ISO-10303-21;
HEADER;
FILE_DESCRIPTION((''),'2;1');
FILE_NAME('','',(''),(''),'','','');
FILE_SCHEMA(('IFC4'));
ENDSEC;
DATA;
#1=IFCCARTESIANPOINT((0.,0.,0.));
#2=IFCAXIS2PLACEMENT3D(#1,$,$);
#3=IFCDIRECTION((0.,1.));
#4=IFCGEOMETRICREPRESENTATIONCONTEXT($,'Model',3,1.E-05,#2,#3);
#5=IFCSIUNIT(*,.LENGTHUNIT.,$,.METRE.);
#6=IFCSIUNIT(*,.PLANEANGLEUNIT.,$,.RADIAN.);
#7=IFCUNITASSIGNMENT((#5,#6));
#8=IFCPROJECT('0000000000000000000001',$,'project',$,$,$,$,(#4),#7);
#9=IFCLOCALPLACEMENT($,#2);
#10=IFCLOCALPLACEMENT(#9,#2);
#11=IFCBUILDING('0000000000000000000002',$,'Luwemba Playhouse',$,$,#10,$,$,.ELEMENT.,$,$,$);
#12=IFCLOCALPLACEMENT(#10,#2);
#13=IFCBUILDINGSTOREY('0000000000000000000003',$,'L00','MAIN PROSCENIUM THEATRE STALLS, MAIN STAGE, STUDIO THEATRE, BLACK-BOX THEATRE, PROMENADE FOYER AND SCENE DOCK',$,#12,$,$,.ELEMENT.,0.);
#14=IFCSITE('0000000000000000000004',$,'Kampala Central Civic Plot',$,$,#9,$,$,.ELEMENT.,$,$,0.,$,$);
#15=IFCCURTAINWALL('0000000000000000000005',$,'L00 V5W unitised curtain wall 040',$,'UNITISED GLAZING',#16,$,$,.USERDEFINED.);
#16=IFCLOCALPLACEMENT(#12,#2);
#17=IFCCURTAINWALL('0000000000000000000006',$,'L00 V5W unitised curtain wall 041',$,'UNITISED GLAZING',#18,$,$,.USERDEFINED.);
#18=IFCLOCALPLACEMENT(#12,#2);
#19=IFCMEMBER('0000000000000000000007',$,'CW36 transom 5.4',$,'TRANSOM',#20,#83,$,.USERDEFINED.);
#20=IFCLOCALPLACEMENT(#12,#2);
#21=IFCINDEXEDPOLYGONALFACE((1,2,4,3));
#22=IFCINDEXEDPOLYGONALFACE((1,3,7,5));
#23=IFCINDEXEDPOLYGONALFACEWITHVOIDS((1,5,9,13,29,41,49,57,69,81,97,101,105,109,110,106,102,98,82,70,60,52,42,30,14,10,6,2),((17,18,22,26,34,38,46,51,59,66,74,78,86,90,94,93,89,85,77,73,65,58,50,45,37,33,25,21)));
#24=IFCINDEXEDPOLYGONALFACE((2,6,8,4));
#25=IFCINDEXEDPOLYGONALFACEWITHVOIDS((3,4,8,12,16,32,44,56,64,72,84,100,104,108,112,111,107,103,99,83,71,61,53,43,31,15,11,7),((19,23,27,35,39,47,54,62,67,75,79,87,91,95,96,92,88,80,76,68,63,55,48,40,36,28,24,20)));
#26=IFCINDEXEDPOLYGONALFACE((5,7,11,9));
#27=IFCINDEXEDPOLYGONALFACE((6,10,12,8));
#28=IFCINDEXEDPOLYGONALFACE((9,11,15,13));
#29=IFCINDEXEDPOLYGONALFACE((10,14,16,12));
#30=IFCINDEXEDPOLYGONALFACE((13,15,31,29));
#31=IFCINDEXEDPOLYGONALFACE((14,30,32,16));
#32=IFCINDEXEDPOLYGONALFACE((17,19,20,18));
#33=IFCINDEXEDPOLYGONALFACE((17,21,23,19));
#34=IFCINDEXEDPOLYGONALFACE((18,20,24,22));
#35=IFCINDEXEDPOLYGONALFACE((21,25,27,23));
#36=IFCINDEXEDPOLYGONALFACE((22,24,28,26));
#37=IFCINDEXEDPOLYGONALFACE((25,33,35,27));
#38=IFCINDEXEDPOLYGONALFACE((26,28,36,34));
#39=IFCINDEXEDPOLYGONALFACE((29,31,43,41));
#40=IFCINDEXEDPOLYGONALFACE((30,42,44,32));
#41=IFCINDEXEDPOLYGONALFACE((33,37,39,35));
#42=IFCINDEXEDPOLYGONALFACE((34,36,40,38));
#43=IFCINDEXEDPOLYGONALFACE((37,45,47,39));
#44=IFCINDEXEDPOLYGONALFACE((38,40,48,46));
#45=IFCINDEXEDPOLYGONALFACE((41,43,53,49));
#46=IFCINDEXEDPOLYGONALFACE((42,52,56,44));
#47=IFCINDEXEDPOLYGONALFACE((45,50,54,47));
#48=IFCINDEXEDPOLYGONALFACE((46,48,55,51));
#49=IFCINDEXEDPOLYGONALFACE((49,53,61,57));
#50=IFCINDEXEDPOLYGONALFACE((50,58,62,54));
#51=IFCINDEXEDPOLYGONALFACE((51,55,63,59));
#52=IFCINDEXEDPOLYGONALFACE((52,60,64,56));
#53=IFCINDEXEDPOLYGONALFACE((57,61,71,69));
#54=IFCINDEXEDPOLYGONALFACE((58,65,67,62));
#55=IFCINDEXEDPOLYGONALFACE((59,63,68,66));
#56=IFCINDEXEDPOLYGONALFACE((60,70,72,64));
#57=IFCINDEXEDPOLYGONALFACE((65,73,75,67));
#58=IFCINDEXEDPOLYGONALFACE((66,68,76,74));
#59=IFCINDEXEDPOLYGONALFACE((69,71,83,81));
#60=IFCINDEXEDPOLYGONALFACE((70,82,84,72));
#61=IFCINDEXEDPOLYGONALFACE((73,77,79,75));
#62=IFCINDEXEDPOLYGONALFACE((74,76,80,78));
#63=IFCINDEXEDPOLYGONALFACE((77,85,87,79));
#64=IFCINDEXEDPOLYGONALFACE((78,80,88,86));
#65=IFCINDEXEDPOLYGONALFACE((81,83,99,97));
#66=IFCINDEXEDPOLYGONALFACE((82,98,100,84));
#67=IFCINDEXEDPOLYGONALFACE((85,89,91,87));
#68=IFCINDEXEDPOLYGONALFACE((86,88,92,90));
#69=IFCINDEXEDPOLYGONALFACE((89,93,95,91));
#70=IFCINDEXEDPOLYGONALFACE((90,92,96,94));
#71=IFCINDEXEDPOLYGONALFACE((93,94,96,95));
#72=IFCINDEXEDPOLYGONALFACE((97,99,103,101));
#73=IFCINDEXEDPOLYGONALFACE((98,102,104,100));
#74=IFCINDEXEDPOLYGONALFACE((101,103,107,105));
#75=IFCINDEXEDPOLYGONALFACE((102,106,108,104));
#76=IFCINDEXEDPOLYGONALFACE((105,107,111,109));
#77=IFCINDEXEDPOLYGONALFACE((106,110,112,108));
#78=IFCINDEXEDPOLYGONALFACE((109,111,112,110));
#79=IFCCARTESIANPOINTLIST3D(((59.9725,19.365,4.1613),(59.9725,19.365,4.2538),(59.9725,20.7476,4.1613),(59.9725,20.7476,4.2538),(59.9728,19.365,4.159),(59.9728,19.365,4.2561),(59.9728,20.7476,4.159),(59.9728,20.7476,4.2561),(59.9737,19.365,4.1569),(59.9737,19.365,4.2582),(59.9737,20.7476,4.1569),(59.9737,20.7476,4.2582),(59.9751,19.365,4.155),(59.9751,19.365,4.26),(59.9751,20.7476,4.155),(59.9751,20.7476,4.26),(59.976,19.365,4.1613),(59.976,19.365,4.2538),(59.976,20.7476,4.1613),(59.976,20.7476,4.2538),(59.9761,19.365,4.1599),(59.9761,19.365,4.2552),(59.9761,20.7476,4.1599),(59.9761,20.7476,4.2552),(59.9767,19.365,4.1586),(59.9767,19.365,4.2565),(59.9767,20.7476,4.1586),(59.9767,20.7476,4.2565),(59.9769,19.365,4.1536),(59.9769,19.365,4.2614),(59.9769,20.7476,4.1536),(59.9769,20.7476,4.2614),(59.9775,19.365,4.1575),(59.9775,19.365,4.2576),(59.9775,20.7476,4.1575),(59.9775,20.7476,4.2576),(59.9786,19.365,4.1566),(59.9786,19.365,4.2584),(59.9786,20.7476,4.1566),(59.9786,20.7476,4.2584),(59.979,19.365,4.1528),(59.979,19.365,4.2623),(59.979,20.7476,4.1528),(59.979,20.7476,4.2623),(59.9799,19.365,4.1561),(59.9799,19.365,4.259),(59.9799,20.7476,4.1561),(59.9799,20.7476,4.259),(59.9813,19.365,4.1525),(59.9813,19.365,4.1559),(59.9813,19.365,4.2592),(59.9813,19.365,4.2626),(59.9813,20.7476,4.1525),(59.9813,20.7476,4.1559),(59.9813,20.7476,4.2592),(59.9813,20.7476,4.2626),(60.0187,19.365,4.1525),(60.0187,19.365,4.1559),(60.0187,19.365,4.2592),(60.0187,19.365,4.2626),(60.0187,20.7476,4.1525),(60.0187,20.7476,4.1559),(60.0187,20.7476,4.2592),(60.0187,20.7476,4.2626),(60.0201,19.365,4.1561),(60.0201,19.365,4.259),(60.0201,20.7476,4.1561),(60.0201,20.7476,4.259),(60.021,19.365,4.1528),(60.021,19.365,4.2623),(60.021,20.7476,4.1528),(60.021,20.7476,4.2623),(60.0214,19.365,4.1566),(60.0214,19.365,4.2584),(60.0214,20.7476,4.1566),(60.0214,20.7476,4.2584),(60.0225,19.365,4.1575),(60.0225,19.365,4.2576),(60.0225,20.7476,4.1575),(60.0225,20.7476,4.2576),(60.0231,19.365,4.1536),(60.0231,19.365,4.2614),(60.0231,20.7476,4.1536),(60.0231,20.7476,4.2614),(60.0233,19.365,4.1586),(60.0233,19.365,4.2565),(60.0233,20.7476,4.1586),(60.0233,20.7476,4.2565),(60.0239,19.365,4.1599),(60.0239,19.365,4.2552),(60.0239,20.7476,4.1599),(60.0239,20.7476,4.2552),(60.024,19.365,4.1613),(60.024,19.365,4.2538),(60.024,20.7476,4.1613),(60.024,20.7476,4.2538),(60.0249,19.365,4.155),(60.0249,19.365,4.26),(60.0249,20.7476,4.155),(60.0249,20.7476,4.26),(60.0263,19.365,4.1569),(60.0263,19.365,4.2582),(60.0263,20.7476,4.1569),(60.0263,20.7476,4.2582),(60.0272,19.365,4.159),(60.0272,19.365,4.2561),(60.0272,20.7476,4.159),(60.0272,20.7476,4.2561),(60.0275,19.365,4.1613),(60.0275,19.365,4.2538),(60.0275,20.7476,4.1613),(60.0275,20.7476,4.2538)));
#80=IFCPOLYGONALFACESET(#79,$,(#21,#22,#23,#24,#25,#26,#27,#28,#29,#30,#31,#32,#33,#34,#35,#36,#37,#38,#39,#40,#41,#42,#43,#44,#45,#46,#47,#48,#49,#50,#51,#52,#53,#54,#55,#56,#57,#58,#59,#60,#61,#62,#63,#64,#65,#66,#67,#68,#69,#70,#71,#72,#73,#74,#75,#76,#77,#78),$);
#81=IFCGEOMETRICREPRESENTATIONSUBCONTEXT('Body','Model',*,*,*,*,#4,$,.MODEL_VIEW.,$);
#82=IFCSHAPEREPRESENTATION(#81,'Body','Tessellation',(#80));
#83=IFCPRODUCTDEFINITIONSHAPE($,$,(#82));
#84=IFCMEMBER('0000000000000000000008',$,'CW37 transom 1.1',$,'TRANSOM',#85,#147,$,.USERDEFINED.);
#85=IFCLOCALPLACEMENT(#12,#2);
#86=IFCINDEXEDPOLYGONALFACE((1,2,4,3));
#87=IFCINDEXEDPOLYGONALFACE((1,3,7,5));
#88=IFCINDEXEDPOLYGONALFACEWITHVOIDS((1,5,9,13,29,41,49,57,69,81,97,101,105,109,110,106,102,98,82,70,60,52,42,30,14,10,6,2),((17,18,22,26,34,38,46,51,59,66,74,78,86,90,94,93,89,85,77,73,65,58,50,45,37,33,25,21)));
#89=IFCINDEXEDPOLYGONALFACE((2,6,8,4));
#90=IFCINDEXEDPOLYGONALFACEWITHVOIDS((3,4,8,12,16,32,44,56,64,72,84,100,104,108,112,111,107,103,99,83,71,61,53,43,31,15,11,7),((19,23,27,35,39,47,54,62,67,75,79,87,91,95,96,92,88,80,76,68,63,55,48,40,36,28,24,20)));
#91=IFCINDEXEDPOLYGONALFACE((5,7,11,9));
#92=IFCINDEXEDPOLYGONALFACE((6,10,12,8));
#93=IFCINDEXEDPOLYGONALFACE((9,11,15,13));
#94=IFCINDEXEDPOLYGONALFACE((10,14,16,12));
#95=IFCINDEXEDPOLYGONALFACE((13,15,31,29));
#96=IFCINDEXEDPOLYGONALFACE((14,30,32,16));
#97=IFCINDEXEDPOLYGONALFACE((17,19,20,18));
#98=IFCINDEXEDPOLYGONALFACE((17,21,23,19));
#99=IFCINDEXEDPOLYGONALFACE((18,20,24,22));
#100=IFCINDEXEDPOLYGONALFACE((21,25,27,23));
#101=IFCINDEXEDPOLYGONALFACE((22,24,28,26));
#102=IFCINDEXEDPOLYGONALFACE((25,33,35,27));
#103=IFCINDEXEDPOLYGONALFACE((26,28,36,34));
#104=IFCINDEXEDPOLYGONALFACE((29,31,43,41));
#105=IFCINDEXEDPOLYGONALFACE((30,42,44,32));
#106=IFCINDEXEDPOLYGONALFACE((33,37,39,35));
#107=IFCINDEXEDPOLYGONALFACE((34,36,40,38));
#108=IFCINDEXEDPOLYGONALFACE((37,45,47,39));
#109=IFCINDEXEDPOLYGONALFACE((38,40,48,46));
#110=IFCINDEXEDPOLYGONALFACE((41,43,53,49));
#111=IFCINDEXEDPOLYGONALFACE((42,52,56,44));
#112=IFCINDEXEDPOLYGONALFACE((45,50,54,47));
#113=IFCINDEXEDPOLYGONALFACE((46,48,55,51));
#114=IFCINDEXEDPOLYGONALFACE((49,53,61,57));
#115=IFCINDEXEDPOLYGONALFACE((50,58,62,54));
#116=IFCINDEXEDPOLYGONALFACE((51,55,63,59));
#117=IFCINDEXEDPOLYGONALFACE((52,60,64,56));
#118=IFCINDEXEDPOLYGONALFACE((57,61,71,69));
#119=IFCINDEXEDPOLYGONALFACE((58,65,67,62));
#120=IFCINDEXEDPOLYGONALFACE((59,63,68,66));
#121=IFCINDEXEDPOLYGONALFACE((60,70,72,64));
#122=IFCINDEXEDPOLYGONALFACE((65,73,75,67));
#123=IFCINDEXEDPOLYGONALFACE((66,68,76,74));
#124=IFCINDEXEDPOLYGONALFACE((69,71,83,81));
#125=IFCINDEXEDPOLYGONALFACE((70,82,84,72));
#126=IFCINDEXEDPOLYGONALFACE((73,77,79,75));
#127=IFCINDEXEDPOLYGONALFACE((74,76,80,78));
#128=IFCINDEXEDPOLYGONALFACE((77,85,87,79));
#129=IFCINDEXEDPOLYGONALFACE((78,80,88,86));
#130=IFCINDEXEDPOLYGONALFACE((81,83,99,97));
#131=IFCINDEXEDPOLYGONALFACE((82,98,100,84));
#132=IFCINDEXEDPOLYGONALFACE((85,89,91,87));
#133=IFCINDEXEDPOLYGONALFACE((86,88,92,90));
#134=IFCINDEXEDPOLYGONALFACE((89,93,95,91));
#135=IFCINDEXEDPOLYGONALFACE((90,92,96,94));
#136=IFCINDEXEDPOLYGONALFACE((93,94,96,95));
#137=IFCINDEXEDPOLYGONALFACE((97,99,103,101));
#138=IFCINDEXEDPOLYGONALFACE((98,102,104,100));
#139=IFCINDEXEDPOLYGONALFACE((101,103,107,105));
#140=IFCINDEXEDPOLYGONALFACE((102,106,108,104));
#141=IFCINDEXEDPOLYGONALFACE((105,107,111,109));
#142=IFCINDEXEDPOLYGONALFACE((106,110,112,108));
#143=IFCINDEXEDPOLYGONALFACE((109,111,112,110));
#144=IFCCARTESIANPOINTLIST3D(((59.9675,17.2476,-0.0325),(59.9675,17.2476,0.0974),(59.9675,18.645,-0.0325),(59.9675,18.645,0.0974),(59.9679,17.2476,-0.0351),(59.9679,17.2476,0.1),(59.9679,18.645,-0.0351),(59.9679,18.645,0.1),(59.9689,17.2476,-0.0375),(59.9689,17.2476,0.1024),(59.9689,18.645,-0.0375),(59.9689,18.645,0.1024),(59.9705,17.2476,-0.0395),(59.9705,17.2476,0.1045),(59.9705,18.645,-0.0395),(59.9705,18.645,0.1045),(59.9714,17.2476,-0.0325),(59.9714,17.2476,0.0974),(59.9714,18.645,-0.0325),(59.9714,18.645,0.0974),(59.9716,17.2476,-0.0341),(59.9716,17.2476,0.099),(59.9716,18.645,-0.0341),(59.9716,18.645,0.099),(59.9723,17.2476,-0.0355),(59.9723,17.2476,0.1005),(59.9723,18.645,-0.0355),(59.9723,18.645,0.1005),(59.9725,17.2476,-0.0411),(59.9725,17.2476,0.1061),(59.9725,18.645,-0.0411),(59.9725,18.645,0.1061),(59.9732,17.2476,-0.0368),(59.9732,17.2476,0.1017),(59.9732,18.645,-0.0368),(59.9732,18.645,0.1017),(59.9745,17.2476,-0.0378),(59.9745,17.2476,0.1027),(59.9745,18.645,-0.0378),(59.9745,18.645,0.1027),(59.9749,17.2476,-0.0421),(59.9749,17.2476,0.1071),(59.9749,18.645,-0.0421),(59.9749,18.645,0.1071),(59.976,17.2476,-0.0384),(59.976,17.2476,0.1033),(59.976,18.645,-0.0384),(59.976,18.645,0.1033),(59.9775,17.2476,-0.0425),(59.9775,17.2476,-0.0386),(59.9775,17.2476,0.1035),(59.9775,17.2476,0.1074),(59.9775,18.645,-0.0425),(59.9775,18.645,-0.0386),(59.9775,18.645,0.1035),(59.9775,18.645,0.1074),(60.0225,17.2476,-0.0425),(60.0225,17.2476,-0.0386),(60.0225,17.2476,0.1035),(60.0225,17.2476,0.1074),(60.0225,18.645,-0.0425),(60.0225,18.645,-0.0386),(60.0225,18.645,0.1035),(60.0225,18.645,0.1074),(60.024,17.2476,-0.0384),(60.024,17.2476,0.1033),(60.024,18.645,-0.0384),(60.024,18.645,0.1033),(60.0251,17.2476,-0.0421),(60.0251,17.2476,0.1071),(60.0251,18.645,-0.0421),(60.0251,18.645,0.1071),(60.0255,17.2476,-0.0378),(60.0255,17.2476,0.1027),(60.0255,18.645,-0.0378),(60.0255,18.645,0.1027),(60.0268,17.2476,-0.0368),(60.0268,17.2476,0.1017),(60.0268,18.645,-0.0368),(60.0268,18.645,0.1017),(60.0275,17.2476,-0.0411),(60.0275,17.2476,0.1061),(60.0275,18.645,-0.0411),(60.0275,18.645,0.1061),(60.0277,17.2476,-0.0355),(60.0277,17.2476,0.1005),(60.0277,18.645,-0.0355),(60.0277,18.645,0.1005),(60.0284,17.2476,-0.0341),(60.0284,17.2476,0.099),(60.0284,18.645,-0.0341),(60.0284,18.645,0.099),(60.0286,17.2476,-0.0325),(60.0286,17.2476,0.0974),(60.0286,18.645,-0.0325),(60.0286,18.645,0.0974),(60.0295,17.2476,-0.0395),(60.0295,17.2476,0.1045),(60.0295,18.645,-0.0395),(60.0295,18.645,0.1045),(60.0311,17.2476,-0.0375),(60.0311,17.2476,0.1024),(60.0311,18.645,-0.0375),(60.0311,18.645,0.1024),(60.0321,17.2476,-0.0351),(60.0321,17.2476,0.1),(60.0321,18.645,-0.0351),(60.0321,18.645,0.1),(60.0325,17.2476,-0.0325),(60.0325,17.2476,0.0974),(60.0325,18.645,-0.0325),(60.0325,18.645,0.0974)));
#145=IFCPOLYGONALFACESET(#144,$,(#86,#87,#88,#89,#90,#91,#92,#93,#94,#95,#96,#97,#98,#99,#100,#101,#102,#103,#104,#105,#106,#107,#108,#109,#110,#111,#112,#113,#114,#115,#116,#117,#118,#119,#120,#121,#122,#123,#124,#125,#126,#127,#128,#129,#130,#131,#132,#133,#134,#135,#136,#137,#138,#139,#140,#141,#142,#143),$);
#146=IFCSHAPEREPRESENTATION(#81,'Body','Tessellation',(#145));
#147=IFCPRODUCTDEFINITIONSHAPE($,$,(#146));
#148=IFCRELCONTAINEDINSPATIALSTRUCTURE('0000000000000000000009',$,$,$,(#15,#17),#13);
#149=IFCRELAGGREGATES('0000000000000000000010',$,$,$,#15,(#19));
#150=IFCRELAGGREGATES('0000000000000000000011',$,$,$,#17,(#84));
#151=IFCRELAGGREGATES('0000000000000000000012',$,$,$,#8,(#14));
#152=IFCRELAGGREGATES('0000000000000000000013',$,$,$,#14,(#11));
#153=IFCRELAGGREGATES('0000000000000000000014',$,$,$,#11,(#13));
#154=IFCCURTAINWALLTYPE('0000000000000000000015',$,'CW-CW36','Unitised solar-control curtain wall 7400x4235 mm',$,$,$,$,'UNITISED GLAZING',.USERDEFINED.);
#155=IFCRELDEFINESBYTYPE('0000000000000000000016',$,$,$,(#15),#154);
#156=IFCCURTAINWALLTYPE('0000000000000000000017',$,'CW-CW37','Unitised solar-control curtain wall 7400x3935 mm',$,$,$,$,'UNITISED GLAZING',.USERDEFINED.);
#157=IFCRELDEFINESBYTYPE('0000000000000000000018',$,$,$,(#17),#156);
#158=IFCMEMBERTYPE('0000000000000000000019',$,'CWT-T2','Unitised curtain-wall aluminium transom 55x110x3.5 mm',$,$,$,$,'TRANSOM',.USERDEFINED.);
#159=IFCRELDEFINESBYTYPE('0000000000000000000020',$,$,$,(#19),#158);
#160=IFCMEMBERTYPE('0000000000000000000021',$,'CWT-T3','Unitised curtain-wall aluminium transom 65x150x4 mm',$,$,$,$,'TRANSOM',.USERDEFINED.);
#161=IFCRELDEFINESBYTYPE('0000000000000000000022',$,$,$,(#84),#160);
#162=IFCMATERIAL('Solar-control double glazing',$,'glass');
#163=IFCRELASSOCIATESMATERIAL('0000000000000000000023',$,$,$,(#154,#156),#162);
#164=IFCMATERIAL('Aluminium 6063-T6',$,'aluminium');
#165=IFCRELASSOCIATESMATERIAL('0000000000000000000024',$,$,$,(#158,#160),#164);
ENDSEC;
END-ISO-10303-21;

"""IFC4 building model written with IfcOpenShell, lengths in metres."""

from ifc_helpers import new_model, si_unit, direction, frame, origin, origin_2d, place, context, subcontext, project, spatial, hollow_rectangle, extrude, material, material_profile, profile_set, type_object, element, aggregate, save


model = new_model("IFC4")

# Units and contexts
model_context = context("Model", 3, precision=1e-05, world=origin(), true_north=direction((0.0, 1.0)))
body_context = subcontext(model_context, "Body", "Model", "MODEL_VIEW")
ifc_project = project(units=[si_unit("LENGTHUNIT", "METRE"), si_unit("PLANEANGLEUNIT", "RADIAN")], contexts=[model_context])

# Site, building, storey
site_placement = place(None, origin())
site = spatial("IfcSite", under=ifc_project, at=site_placement, Name="Kampala Central Civic Plot", CompositionType="ELEMENT", RefElevation=0.0)
building_placement = place(site_placement, origin())
building = spatial("IfcBuilding", under=site, at=building_placement, Name="Luwemba Playhouse", CompositionType="ELEMENT")
storey_placement = place(building_placement, origin())
storey = spatial("IfcBuildingStorey", under=building, at=storey_placement, Name="L00", Description="MAIN PROSCENIUM THEATRE STALLS, MAIN STAGE, STUDIO THEATRE, BLACK-BOX THEATRE, PROMENADE FOYER AND SCENE DOCK", CompositionType="ELEMENT", Elevation=0.0)

# Curtain walls
ifc_material_1 = material(Name="Solar-control double glazing", Category="glass")
curtain_wall_type_1 = type_object("IfcCurtainWallType", Name="CW-CW36", Description="Unitised solar-control curtain wall 7400x4235 mm", ElementType="UNITISED GLAZING", PredefinedType="USERDEFINED", material=ifc_material_1)
curtain_wall_1_placement = place(storey_placement, origin())
curtain_wall_1 = element("IfcCurtainWall", 1, at=curtain_wall_1_placement, inside=storey, type_object=curtain_wall_type_1, Name="L00 V5W unitised curtain wall 040", ObjectType="UNITISED GLAZING", PredefinedType="USERDEFINED")
ifc_material_2 = material(Name="Aluminium 6063-T6", Category="aluminium")
curtain_wall_type_2 = type_object("IfcCurtainWallType", Name="CW-CW37", Description="Unitised solar-control curtain wall 7400x3935 mm", ElementType="UNITISED GLAZING", PredefinedType="USERDEFINED", material=ifc_material_1)
curtain_wall_2_placement = place(storey_placement, origin())
curtain_wall_2 = element("IfcCurtainWall", 2, at=curtain_wall_2_placement, inside=storey, type_object=curtain_wall_type_2, Name="L00 V5W unitised curtain wall 041", ObjectType="UNITISED GLAZING", PredefinedType="USERDEFINED")

# Members
ifc_material_profile_1 = material_profile(ifc_material_2, hollow_rectangle(XDim=0.0549, YDim=0.1101, WallThickness=0.0034, InnerFilletRadius=0.0054, OuterFilletRadius=0.0088, at=origin_2d()))
ifc_profile_set_1 = profile_set([ifc_material_profile_1], Name="Aluminium 6063-T6")
member_type_1 = type_object("IfcMemberType", Name="CWT-T2", Description="Unitised curtain-wall aluminium transom 55x110x3.5 mm", ElementType="TRANSOM", PredefinedType="USERDEFINED", material=ifc_profile_set_1)
member_1_placement = place(storey_placement, frame((60.0, 20.7476, 4.2075), z_axis=(0.0, -1.0, 0.0), x_axis=(1.0, 0.0, 0.0)))
member_1 = element("IfcMember", 3, at=member_1_placement, type_object=member_type_1, Name="CW36 transom 5.4", ObjectType="TRANSOM", PredefinedType="USERDEFINED", context=body_context, shape_type="SweptSolid", body=[
    extrude(hollow_rectangle(XDim=0.0549, YDim=0.1101, WallThickness=0.0034, InnerFilletRadius=0.0054, OuterFilletRadius=0.0088, at=origin_2d()), origin(), (0.0, 0.0, 1.0), 1.3826),
])
ifc_material_profile_2 = material_profile(ifc_material_2, hollow_rectangle(XDim=0.0649, YDim=0.1499, WallThickness=0.0039, InnerFilletRadius=0.0061, OuterFilletRadius=0.01, at=origin_2d()))
ifc_profile_set_2 = profile_set([ifc_material_profile_2], Name="Aluminium 6063-T6")
member_type_2 = type_object("IfcMemberType", Name="CWT-T3", Description="Unitised curtain-wall aluminium transom 65x150x4 mm", ElementType="TRANSOM", PredefinedType="USERDEFINED", material=ifc_profile_set_2)
member_2_placement = place(storey_placement, frame((60.0, 18.645, 0.0325), z_axis=(0.0, -1.0, 0.0), x_axis=(1.0, 0.0, 0.0)))
member_2 = element("IfcMember", 4, at=member_2_placement, type_object=member_type_2, Name="CW37 transom 1.1", ObjectType="TRANSOM", PredefinedType="USERDEFINED", context=body_context, shape_type="SweptSolid", body=[
    extrude(hollow_rectangle(XDim=0.0649, YDim=0.1499, WallThickness=0.0039, InnerFilletRadius=0.0061, OuterFilletRadius=0.01, at=origin_2d()), origin(), (0.0, 0.0, 1.0), 1.3975),
])

aggregate(curtain_wall_1, [member_1])
aggregate(curtain_wall_2, [member_2])

save(model, "model.ifc")
